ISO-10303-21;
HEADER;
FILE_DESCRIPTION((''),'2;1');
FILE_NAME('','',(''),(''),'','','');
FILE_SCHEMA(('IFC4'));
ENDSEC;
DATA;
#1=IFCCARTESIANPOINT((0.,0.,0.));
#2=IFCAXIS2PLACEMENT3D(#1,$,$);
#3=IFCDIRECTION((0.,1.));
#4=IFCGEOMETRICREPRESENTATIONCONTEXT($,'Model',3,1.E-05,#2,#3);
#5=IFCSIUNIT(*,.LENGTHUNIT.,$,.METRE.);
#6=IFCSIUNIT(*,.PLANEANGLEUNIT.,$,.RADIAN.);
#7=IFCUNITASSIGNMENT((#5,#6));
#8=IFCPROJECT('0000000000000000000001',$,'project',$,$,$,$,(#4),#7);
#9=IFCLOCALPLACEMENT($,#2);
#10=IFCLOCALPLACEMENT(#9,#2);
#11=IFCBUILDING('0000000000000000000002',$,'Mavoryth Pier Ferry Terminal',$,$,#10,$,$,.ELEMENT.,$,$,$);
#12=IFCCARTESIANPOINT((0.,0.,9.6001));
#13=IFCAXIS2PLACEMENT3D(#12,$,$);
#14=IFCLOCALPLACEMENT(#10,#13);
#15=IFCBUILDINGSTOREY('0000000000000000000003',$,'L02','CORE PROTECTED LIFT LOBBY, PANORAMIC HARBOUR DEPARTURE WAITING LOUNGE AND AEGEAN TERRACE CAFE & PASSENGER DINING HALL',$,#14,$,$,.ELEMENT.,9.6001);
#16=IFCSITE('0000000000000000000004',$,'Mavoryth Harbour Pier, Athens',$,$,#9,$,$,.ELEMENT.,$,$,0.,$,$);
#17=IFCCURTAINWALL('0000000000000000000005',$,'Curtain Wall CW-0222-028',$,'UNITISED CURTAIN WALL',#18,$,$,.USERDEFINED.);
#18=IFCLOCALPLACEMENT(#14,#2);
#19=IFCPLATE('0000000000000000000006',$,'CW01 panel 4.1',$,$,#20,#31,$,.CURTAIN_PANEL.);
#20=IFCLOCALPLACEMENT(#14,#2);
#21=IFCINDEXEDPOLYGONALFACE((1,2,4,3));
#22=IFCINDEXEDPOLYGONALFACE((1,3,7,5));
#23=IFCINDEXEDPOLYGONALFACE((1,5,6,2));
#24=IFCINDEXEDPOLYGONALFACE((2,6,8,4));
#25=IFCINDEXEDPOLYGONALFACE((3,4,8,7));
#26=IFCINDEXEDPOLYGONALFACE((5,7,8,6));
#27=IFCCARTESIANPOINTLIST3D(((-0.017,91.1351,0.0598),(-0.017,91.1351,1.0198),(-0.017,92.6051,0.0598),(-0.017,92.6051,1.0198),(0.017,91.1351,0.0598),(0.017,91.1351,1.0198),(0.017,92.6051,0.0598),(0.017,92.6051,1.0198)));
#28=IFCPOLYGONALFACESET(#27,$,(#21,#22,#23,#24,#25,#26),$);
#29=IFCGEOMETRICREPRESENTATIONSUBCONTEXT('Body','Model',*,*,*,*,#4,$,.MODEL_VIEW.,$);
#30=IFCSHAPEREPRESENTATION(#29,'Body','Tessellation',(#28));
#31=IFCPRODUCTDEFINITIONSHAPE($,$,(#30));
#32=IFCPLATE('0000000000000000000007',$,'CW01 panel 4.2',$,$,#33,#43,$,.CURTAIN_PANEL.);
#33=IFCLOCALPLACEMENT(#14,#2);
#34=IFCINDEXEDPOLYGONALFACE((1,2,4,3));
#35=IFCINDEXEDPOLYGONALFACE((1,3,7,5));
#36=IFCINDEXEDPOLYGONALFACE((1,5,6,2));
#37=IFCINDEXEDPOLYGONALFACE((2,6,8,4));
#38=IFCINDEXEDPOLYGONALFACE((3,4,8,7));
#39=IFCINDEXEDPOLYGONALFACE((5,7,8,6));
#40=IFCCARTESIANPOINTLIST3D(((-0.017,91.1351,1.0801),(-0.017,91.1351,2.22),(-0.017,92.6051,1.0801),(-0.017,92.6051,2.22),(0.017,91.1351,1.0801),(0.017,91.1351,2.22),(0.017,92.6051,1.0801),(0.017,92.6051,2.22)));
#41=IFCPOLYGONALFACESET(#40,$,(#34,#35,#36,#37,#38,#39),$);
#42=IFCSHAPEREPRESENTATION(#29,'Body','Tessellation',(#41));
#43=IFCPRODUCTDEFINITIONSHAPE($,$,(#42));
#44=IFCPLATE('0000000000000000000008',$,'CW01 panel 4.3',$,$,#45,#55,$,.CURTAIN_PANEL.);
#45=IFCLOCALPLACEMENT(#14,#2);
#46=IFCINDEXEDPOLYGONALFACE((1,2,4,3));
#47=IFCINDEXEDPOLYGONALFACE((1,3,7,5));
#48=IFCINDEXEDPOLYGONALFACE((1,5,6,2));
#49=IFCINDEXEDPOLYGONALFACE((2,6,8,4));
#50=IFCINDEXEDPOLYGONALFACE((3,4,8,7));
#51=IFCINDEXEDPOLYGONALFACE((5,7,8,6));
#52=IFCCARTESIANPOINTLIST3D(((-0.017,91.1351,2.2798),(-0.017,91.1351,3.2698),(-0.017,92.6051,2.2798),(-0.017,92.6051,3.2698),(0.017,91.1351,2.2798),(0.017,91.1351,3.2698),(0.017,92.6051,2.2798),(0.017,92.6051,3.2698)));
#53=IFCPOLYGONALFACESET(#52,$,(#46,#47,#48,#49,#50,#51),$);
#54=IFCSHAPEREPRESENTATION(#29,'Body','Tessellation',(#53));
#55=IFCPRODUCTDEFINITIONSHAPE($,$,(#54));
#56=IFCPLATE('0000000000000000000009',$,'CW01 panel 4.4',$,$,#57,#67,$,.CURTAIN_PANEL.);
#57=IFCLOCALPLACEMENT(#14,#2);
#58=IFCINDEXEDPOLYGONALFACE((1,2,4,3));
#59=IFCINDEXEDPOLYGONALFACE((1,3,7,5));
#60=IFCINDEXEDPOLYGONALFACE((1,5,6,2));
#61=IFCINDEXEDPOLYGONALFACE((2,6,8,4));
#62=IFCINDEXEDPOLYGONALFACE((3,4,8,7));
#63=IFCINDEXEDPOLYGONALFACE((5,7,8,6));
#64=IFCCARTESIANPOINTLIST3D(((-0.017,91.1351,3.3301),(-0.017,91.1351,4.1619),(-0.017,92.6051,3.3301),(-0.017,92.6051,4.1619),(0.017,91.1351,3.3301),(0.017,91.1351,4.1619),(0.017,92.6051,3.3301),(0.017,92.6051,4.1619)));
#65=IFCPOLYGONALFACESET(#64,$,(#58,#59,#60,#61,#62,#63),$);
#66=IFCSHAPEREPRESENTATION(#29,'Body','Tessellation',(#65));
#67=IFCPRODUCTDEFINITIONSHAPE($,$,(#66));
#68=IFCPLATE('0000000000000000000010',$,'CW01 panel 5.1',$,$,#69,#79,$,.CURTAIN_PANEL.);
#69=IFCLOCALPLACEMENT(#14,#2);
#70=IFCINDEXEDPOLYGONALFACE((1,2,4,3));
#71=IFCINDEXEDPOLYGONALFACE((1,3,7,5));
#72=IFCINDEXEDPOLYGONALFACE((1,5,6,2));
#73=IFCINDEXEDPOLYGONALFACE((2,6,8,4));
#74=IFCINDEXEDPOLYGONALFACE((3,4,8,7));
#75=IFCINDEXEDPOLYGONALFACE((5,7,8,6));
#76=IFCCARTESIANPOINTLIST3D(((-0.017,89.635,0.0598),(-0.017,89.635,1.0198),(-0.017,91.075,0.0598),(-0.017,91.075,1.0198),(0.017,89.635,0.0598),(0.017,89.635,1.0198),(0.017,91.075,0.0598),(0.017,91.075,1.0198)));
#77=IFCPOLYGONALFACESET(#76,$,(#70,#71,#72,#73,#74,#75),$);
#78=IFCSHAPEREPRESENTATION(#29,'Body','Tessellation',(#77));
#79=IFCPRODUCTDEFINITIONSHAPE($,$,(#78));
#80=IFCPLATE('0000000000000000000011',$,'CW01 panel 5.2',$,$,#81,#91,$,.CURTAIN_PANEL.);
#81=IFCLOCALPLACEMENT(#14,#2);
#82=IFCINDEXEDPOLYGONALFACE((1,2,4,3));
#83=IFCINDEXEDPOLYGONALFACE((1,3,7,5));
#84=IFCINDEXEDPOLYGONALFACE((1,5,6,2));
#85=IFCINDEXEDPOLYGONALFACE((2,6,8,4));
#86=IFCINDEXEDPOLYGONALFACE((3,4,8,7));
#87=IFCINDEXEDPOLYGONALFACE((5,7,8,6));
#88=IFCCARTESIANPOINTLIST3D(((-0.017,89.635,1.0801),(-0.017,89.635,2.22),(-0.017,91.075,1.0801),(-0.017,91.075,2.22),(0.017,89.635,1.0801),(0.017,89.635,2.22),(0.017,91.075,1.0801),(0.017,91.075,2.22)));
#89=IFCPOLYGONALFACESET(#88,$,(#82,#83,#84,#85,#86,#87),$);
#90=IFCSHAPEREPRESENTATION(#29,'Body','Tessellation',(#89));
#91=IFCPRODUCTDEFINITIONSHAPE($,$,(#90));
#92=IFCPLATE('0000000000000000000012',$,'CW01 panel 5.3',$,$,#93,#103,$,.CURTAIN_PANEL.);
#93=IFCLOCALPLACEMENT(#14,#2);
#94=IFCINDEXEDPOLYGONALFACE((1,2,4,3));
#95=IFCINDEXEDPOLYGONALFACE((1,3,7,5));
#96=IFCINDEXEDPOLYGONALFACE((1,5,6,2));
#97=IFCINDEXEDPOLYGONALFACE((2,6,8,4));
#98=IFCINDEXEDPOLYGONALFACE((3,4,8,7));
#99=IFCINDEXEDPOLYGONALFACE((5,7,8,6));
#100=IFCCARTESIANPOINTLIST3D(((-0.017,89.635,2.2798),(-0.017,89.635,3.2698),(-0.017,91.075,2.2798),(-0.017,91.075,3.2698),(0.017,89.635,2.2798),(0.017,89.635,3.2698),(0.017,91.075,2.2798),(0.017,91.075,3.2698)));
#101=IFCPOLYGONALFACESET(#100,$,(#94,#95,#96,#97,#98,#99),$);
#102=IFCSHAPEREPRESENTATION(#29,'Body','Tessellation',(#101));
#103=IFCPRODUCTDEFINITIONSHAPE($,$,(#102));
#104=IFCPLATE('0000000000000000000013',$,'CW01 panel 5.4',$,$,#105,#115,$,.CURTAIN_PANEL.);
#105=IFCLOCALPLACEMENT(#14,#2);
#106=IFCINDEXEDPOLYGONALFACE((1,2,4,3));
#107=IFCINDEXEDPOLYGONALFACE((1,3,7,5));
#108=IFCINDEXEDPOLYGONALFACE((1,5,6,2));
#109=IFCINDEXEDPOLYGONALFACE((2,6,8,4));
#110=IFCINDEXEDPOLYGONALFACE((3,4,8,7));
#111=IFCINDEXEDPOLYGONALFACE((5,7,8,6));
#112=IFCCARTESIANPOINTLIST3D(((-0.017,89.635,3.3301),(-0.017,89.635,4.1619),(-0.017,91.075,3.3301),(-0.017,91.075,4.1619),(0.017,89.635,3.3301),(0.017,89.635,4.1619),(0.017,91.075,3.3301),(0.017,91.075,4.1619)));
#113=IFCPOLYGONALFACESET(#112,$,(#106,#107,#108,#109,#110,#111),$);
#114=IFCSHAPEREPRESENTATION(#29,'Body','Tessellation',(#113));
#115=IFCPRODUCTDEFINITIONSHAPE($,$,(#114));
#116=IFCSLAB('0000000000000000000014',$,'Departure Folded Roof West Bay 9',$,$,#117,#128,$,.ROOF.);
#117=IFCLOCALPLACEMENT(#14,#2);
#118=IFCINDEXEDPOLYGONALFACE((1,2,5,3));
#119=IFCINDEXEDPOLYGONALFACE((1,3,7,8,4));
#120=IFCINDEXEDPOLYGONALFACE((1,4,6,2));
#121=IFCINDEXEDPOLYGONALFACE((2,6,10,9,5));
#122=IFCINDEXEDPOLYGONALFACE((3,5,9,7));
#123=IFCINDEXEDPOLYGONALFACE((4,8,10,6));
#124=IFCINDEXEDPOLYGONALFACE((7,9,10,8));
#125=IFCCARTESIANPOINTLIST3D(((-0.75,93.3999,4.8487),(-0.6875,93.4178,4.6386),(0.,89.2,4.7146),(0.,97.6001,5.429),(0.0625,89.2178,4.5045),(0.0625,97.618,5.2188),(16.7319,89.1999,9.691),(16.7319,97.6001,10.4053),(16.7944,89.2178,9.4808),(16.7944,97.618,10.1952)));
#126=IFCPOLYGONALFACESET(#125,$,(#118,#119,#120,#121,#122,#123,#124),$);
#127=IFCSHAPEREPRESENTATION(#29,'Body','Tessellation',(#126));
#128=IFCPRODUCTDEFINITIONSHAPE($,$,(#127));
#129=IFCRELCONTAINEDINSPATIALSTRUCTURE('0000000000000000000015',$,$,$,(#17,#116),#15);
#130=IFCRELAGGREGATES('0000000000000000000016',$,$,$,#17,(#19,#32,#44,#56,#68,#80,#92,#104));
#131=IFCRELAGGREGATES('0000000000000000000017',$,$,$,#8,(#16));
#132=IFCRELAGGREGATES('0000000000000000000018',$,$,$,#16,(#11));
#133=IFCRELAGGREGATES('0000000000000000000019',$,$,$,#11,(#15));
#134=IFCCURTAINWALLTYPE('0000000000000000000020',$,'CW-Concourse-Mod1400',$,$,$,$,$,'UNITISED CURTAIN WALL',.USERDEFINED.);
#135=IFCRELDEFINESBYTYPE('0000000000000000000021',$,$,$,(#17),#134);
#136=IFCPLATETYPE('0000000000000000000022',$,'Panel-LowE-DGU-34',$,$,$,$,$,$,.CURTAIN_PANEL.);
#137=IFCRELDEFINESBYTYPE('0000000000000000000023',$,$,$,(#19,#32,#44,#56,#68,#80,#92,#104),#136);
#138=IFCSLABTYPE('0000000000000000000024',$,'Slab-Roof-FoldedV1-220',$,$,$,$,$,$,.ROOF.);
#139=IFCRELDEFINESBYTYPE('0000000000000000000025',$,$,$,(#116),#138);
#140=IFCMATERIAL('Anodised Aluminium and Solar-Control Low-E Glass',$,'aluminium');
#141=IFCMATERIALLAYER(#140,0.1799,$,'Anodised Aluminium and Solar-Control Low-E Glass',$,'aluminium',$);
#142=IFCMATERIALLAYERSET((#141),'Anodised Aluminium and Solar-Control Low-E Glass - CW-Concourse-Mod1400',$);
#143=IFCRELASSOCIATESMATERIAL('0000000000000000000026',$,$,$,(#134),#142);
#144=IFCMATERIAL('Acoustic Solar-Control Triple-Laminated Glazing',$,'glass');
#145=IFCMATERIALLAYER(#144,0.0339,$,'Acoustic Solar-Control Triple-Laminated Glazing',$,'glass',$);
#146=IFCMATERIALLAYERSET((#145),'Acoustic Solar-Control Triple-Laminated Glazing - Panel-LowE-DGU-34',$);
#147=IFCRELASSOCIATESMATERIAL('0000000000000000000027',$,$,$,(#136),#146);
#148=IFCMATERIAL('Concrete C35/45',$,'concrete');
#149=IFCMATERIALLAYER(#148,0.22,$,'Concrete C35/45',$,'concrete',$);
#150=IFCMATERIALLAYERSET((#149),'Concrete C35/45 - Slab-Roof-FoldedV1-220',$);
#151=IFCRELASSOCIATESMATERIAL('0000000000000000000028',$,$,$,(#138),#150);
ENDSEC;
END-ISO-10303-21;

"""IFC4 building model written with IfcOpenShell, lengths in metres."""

from ifc_helpers import new_model, si_unit, direction, frame, origin, origin_2d, place, context, subcontext, project, spatial, polyline, rectangle, outline, extrude, material, layer, layer_set, type_object, element, aggregate, save


model = new_model("IFC4")

# Units and contexts
model_context = context("Model", 3, precision=1e-05, world=origin(), true_north=direction((0.0, 1.0)))
body_context = subcontext(model_context, "Body", "Model", "MODEL_VIEW")
ifc_project = project(units=[si_unit("LENGTHUNIT", "METRE"), si_unit("PLANEANGLEUNIT", "RADIAN")], contexts=[model_context])

# Site, building, storey
site_placement = place(None, origin())
site = spatial("IfcSite", under=ifc_project, at=site_placement, Name="Mavoryth Harbour Pier, Athens", CompositionType="ELEMENT", RefElevation=0.0)
building_placement = place(site_placement, origin())
building = spatial("IfcBuilding", under=site, at=building_placement, Name="Mavoryth Pier Ferry Terminal", CompositionType="ELEMENT")
storey_placement = place(building_placement, frame((0.0, 0.0, 9.6001)))
storey = spatial("IfcBuildingStorey", under=building, at=storey_placement, Name="L02", Description="CORE PROTECTED LIFT LOBBY, PANORAMIC HARBOUR DEPARTURE WAITING LOUNGE AND AEGEAN TERRACE CAFE & PASSENGER DINING HALL", CompositionType="ELEMENT", Elevation=9.6001)

# Shared definitions
ifc_material_1 = material(Name="Anodised Aluminium and Solar-Control Low-E Glass", Category="aluminium")
ifc_layer_1 = layer(ifc_material_1, 0.1799, Name="Anodised Aluminium and Solar-Control Low-E Glass", Category="aluminium")
ifc_layer_set_1 = layer_set([ifc_layer_1], Name="Anodised Aluminium and Solar-Control Low-E Glass - CW-Concourse-Mod1400")
curtain_wall_type = type_object("IfcCurtainWallType", Name="CW-Concourse-Mod1400", ElementType="UNITISED CURTAIN WALL", PredefinedType="USERDEFINED", material=ifc_layer_set_1)

# Curtain wall
curtain_wall_1_placement = place(storey_placement, origin())
curtain_wall_1 = element("IfcCurtainWall", 1, at=curtain_wall_1_placement, inside=storey, type_object=curtain_wall_type, Name="Curtain Wall CW-0222-028", ObjectType="UNITISED CURTAIN WALL", PredefinedType="USERDEFINED")

# Plates
ifc_material_2 = material(Name="Acoustic Solar-Control Triple-Laminated Glazing", Category="glass")
ifc_layer_2 = layer(ifc_material_2, 0.0339, Name="Acoustic Solar-Control Triple-Laminated Glazing", Category="glass")
ifc_layer_set_2 = layer_set([ifc_layer_2], Name="Acoustic Solar-Control Triple-Laminated Glazing - Panel-LowE-DGU-34")
plate_type = type_object("IfcPlateType", Name="Panel-LowE-DGU-34", PredefinedType="CURTAIN_PANEL", material=ifc_layer_set_2)
plate_1_placement = place(storey_placement, frame((0.0, 91.8701, 0.0598), z_axis=(0.0, 0.0, 1.0), x_axis=(0.0, -1.0, 0.0)))
plate_1 = element("IfcPlate", 2, at=plate_1_placement, type_object=plate_type, Name="CW01 panel 4.1", PredefinedType="CURTAIN_PANEL", context=body_context, shape_type="SweptSolid", body=[
    extrude(rectangle(XDim=1.47, YDim=0.0339, at=origin_2d()), origin(), (0.0, 0.0, 1.0), 0.96),
])
plate_2_placement = place(storey_placement, frame((0.0, 91.8701, 1.0801), z_axis=(0.0, 0.0, 1.0), x_axis=(0.0, -1.0, 0.0)))
plate_2 = element("IfcPlate", 3, at=plate_2_placement, type_object=plate_type, Name="CW01 panel 4.2", PredefinedType="CURTAIN_PANEL", context=body_context, shape_type="SweptSolid", body=[
    extrude(rectangle(XDim=1.47, YDim=0.0339, at=origin_2d()), origin(), (0.0, 0.0, 1.0), 1.1399),
])
plate_3_placement = place(storey_placement, frame((0.0, 91.8701, 2.2798), z_axis=(0.0, 0.0, 1.0), x_axis=(0.0, -1.0, 0.0)))
plate_3 = element("IfcPlate", 4, at=plate_3_placement, type_object=plate_type, Name="CW01 panel 4.3", PredefinedType="CURTAIN_PANEL", context=body_context, shape_type="SweptSolid", body=[
    extrude(rectangle(XDim=1.47, YDim=0.0339, at=origin_2d()), origin(), (0.0, 0.0, 1.0), 0.99),
])
plate_4_placement = place(storey_placement, frame((0.0, 91.8701, 3.3301), z_axis=(0.0, 0.0, 1.0), x_axis=(0.0, -1.0, 0.0)))
plate_4 = element("IfcPlate", 5, at=plate_4_placement, type_object=plate_type, Name="CW01 panel 4.4", PredefinedType="CURTAIN_PANEL", context=body_context, shape_type="SweptSolid", body=[
    extrude(rectangle(XDim=1.47, YDim=0.0339, at=origin_2d()), origin(), (0.0, 0.0, 1.0), 0.8318),
])
plate_5_placement = place(storey_placement, frame((0.0, 90.355, 0.0598), z_axis=(0.0, 0.0, 1.0), x_axis=(0.0, -1.0, 0.0)))
plate_5 = element("IfcPlate", 6, at=plate_5_placement, type_object=plate_type, Name="CW01 panel 5.1", PredefinedType="CURTAIN_PANEL", context=body_context, shape_type="SweptSolid", body=[
    extrude(rectangle(XDim=1.4399, YDim=0.0339, at=origin_2d()), origin(), (0.0, 0.0, 1.0), 0.96),
])
plate_6_placement = place(storey_placement, frame((0.0, 90.355, 1.0801), z_axis=(0.0, 0.0, 1.0), x_axis=(0.0, -1.0, 0.0)))
plate_6 = element("IfcPlate", 7, at=plate_6_placement, type_object=plate_type, Name="CW01 panel 5.2", PredefinedType="CURTAIN_PANEL", context=body_context, shape_type="SweptSolid", body=[
    extrude(rectangle(XDim=1.4399, YDim=0.0339, at=origin_2d()), origin(), (0.0, 0.0, 1.0), 1.1399),
])
plate_7_placement = place(storey_placement, frame((0.0, 90.355, 2.2798), z_axis=(0.0, 0.0, 1.0), x_axis=(0.0, -1.0, 0.0)))
plate_7 = element("IfcPlate", 8, at=plate_7_placement, type_object=plate_type, Name="CW01 panel 5.3", PredefinedType="CURTAIN_PANEL", context=body_context, shape_type="SweptSolid", body=[
    extrude(rectangle(XDim=1.4399, YDim=0.0339, at=origin_2d()), origin(), (0.0, 0.0, 1.0), 0.99),
])
plate_8_placement = place(storey_placement, frame((0.0, 90.355, 3.3301), z_axis=(0.0, 0.0, 1.0), x_axis=(0.0, -1.0, 0.0)))
plate_8 = element("IfcPlate", 9, at=plate_8_placement, type_object=plate_type, Name="CW01 panel 5.4", PredefinedType="CURTAIN_PANEL", context=body_context, shape_type="SweptSolid", body=[
    extrude(rectangle(XDim=1.4399, YDim=0.0339, at=origin_2d()), origin(), (0.0, 0.0, 1.0), 0.8318),
])
aggregate(curtain_wall_1, [plate_1, plate_2, plate_3, plate_4, plate_5, plate_6, plate_7, plate_8])

# Slab
ifc_material_3 = material(Name="Concrete C35/45", Category="concrete")
ifc_layer_3 = layer(ifc_material_3, 0.22, Name="Concrete C35/45", Category="concrete")
ifc_layer_set_3 = layer_set([ifc_layer_3], Name="Concrete C35/45 - Slab-Roof-FoldedV1-220")
slab_type = type_object("IfcSlabType", Name="Slab-Roof-FoldedV1-220", PredefinedType="ROOF", material=ifc_layer_set_3)
slab_placement = place(storey_placement, frame((0.0, 89.2, 4.7146), z_axis=(-0.284133, -0.081243, 0.955337), x_axis=(0.958505, 0.0, 0.285075)))
element("IfcSlab", 10, at=slab_placement, inside=storey, type_object=slab_type, Name="Departure Folded Roof West Bay 9", PredefinedType="ROOF", context=body_context, shape_type="SweptSolid", body=[
    extrude(outline(polyline([(0.0, 0.0), (17.4563, 0.0), (17.6599, 8.428), (0.2036, 8.428), (-0.6807, 4.2139), (0.0, 0.0)])), origin(), (0.0, 0.0, -1.0), 0.22),
])

save(model, "model.ifc")
